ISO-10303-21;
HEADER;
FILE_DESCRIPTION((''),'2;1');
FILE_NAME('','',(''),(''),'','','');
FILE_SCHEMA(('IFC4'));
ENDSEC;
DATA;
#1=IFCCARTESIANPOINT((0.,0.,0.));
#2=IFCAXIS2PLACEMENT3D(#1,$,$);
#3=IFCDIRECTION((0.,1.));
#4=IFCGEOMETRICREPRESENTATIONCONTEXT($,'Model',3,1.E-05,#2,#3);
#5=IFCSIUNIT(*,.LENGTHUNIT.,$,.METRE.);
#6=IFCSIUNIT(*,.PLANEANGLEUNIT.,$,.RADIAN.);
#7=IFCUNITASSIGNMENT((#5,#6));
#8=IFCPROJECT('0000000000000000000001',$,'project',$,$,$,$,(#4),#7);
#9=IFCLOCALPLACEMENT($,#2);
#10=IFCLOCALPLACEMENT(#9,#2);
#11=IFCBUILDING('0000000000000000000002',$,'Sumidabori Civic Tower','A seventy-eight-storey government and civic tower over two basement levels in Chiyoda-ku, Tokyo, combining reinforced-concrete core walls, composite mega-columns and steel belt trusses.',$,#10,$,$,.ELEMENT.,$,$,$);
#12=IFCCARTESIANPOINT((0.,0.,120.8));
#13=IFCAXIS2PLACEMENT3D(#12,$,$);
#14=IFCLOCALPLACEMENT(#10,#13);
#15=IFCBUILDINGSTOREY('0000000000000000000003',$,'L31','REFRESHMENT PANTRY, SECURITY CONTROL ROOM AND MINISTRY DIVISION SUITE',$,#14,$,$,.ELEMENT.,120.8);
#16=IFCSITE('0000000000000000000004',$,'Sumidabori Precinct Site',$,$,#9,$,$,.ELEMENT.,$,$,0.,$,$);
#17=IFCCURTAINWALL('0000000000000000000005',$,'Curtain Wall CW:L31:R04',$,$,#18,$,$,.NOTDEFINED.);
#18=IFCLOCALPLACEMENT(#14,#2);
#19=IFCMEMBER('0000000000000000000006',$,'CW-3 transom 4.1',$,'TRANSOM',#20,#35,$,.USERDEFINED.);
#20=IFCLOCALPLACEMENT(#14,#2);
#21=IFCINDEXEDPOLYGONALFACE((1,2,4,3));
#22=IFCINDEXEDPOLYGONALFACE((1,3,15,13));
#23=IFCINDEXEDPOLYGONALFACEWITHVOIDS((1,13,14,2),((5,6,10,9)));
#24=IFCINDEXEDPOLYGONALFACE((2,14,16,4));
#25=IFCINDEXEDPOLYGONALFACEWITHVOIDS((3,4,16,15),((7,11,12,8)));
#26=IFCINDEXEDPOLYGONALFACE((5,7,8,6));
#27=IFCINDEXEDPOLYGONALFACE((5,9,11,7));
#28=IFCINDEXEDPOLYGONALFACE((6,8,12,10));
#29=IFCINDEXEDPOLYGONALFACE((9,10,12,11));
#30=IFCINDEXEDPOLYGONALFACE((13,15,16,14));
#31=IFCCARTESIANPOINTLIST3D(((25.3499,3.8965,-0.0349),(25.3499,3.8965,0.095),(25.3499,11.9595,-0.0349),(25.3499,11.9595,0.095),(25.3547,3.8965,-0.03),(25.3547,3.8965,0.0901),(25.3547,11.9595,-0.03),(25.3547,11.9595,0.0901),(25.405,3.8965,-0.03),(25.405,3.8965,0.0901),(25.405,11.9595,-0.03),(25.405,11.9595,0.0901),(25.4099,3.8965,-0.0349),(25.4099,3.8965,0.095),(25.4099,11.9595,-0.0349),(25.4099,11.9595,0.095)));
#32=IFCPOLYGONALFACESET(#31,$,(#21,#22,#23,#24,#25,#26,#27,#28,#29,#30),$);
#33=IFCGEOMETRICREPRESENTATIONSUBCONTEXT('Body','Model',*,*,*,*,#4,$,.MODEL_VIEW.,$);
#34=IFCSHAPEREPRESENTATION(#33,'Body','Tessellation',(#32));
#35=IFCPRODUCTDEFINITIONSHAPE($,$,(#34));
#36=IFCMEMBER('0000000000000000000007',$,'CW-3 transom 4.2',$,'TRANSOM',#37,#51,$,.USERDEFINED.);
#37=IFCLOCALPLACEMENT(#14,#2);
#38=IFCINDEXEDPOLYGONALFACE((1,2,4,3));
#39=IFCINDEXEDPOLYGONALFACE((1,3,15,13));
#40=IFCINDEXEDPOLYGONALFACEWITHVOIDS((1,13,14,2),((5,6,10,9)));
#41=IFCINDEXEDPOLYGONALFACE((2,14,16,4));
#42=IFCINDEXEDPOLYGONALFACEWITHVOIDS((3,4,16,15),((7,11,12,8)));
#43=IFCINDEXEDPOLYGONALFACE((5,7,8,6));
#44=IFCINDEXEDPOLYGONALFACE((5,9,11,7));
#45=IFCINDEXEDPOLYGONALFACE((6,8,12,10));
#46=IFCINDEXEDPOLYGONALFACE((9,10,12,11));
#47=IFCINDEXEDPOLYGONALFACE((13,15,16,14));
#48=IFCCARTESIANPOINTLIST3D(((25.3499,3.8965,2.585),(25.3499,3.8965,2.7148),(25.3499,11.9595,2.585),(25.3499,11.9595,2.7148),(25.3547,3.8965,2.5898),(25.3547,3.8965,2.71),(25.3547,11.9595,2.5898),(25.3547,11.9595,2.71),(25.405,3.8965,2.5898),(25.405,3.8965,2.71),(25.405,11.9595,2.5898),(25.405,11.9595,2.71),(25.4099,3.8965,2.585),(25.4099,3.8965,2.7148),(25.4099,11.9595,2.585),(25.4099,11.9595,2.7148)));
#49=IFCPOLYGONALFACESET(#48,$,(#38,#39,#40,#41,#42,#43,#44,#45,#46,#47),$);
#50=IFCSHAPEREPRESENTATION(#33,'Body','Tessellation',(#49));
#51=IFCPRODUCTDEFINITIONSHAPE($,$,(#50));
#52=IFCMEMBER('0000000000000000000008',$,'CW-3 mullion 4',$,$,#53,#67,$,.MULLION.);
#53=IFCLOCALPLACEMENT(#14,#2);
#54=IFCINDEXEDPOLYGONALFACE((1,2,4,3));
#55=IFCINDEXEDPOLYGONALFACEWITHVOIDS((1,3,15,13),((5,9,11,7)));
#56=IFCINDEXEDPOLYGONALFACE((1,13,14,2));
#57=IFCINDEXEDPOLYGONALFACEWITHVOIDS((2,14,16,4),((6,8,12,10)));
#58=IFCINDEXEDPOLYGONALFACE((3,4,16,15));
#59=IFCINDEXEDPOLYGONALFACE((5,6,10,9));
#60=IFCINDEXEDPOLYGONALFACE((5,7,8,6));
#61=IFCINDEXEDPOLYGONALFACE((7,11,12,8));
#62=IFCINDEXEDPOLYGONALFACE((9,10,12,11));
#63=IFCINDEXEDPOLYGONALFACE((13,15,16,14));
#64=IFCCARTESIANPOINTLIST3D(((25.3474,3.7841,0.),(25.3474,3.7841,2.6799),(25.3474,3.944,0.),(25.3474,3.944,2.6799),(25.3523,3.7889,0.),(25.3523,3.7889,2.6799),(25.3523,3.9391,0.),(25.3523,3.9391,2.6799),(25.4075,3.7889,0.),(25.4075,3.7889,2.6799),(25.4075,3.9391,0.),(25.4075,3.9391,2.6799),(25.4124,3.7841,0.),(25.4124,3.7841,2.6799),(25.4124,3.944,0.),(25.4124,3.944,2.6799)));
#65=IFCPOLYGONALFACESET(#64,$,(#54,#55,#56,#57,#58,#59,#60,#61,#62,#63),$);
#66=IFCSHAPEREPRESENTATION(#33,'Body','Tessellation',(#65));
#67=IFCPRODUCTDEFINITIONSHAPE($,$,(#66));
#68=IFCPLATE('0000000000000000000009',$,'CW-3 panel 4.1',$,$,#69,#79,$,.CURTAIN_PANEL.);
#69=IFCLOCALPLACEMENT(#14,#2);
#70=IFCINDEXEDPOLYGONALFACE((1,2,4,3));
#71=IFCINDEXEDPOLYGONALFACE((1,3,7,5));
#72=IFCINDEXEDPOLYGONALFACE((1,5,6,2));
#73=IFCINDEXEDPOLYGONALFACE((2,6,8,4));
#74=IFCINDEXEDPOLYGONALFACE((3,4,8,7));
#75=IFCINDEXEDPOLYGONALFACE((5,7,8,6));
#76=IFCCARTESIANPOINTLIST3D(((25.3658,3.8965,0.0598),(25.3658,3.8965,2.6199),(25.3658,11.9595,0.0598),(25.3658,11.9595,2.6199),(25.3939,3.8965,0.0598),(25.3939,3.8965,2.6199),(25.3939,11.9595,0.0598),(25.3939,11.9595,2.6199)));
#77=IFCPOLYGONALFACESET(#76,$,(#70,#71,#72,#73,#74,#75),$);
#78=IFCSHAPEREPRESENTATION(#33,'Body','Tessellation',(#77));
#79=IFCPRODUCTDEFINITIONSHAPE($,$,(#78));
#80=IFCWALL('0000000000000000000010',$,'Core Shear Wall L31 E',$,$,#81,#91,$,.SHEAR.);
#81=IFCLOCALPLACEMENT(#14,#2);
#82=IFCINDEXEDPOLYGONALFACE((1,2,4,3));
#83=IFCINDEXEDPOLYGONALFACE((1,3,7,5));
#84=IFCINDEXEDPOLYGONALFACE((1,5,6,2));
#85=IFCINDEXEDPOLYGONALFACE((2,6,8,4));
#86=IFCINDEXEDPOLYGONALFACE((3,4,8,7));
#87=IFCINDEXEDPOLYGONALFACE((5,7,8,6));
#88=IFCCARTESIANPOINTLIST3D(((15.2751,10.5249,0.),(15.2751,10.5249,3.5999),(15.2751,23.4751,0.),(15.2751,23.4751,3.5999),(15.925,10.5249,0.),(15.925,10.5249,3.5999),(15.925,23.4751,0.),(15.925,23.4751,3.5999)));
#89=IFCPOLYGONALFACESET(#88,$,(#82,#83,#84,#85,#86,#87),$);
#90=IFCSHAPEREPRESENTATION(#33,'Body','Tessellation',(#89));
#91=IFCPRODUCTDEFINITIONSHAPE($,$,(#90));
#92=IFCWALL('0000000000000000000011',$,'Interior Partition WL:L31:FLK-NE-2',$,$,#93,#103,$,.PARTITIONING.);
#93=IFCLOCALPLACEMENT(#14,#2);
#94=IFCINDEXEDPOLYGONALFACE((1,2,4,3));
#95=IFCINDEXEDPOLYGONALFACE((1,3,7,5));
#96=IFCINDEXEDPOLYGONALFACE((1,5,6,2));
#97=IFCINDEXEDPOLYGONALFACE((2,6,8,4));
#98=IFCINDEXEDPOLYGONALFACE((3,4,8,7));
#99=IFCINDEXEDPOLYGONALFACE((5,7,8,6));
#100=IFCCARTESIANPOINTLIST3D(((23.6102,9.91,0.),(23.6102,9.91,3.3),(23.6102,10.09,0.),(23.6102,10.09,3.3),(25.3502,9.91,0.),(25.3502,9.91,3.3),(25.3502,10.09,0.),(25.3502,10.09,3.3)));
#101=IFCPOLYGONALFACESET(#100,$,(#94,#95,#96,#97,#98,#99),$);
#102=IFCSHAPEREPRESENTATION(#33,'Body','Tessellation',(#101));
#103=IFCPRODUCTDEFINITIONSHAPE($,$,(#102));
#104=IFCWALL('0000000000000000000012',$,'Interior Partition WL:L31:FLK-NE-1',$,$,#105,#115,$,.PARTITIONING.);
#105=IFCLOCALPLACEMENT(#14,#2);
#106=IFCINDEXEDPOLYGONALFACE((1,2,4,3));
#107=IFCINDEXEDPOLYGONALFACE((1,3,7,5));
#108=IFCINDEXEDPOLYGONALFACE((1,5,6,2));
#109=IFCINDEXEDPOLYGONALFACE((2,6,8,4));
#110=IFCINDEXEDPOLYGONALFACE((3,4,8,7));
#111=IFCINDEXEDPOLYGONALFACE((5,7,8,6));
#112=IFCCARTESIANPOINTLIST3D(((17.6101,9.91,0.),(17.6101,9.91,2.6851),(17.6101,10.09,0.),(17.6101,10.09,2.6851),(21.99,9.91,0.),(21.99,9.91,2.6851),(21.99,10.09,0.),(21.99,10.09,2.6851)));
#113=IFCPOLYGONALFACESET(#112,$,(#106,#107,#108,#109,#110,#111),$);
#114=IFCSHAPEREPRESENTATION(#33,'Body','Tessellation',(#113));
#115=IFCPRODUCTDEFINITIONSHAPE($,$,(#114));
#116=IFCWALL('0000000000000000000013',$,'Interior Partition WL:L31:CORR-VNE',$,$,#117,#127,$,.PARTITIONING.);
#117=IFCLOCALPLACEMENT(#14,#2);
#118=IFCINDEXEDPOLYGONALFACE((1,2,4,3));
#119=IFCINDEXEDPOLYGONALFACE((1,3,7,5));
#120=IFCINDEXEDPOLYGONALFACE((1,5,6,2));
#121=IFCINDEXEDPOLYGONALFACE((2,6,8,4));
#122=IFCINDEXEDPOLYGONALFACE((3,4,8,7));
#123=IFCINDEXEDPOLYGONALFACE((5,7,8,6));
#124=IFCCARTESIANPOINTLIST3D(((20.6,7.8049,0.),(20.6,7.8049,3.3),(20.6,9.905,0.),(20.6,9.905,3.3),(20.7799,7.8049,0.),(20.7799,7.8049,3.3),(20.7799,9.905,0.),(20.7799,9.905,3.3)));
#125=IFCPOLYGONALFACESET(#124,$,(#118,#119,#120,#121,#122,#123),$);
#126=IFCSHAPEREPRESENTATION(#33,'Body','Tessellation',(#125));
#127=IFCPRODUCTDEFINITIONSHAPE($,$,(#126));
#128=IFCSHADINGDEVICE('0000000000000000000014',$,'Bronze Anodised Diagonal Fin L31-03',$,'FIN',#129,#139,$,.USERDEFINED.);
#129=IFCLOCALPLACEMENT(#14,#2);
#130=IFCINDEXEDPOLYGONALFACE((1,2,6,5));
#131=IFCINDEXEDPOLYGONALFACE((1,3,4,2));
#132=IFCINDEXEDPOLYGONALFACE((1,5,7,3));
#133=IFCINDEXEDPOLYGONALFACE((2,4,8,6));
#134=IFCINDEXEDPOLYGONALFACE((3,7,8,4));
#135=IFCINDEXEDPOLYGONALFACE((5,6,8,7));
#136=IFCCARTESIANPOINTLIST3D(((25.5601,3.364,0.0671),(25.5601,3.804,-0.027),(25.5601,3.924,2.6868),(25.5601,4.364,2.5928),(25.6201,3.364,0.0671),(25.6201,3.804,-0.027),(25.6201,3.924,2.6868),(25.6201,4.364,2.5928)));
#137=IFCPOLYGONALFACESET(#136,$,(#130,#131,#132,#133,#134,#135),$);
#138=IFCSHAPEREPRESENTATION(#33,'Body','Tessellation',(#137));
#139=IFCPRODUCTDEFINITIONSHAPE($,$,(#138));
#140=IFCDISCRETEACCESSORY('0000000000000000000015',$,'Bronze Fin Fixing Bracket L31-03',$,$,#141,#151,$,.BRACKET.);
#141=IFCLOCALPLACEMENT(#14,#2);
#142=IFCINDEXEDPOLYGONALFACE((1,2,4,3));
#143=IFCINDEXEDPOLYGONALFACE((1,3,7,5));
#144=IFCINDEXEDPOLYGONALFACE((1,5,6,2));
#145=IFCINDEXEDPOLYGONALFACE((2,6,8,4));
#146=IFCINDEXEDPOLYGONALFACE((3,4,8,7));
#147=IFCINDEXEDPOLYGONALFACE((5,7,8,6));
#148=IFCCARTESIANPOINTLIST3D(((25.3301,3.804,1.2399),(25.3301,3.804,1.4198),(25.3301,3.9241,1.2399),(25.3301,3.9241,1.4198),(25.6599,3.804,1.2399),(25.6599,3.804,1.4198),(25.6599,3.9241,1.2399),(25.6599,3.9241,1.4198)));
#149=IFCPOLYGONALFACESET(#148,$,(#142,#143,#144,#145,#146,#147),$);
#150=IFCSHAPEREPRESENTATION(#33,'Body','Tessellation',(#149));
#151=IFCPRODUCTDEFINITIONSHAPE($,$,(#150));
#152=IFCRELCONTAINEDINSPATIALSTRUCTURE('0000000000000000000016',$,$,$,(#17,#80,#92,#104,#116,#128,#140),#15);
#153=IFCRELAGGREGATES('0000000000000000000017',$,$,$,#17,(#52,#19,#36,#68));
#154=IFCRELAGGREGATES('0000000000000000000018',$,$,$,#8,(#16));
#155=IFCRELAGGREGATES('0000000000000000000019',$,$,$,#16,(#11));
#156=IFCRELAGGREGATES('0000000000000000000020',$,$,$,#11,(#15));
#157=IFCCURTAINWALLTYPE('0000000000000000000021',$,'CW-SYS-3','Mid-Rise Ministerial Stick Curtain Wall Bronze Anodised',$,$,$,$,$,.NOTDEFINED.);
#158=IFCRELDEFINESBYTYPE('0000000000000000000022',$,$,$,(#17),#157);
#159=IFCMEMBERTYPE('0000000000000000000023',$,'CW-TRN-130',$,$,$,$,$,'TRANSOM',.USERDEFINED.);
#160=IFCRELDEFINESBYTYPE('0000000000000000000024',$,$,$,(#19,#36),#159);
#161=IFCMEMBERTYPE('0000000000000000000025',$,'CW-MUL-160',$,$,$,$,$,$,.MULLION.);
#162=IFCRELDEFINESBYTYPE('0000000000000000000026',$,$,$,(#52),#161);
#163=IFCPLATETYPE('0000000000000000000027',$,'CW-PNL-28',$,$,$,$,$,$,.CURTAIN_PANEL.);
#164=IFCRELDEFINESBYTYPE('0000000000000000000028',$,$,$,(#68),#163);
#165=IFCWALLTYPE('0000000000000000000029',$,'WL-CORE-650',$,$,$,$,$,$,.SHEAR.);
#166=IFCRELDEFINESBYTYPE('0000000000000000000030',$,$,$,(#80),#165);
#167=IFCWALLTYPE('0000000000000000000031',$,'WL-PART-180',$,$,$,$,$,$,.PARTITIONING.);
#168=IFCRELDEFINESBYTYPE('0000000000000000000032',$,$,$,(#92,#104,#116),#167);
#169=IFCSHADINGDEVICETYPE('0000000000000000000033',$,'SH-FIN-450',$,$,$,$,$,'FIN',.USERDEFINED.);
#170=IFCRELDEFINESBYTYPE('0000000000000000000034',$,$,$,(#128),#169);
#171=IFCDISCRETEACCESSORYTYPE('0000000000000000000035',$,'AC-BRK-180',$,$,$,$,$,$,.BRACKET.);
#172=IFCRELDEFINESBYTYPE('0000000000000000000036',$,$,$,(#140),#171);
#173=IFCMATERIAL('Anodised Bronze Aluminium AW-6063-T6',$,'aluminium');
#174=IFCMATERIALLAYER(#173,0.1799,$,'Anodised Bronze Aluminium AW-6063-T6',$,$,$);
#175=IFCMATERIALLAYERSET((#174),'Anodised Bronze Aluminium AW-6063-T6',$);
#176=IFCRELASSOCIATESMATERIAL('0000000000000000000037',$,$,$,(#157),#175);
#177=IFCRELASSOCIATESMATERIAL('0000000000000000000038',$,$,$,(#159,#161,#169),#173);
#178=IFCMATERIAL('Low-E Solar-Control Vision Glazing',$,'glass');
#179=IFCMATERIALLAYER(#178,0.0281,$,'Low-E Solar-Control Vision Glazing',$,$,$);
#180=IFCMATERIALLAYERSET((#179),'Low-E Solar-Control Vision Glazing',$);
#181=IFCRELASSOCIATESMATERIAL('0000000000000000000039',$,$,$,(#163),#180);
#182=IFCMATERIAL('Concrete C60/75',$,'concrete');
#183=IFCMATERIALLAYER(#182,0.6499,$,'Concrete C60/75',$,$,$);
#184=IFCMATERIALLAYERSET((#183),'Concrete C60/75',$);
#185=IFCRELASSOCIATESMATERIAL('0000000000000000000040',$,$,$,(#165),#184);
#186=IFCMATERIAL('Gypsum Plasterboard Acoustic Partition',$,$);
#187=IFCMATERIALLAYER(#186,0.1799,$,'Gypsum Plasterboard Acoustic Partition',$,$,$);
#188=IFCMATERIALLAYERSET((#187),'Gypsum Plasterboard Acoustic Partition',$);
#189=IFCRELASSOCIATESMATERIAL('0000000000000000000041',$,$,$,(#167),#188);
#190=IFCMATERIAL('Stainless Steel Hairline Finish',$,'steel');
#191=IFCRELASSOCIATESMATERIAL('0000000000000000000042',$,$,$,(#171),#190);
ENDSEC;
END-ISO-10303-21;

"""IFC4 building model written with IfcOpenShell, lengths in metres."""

from ifc_helpers import new_model, si_unit, direction, frame, frame_2d, origin, origin_2d, place, context, subcontext, project, spatial, rectangle, hollow_rectangle, extrude, source, transform, mapped, material, layer, layer_set, material_profile, profile_set, type_object, element, aggregate, save


model = new_model("IFC4")

# Units and contexts
model_context = context("Model", 3, precision=1e-05, world=origin(), true_north=direction((0.0, 1.0)))
body_context = subcontext(model_context, "Body", "Model", "MODEL_VIEW")
ifc_project = project(units=[si_unit("LENGTHUNIT", "METRE"), si_unit("PLANEANGLEUNIT", "RADIAN")], contexts=[model_context])

# Site, building, storey
site_placement = place(None, origin())
site = spatial("IfcSite", under=ifc_project, at=site_placement, Name="Sumidabori Precinct Site", CompositionType="ELEMENT", RefElevation=0.0)
building_placement = place(site_placement, origin())
building = spatial("IfcBuilding", under=site, at=building_placement, Name="Sumidabori Civic Tower", Description="A seventy-eight-storey government and civic tower over two basement levels in Chiyoda-ku, Tokyo, combining reinforced-concrete core walls, composite mega-columns and steel belt trusses.", CompositionType="ELEMENT")
storey_placement = place(building_placement, frame((0.0, 0.0, 120.8)))
storey = spatial("IfcBuildingStorey", under=building, at=storey_placement, Name="L31", Description="REFRESHMENT PANTRY, SECURITY CONTROL ROOM AND MINISTRY DIVISION SUITE", CompositionType="ELEMENT", Elevation=120.8)

# Shared definitions
ifc_material_1 = material(Name="Concrete C60/75", Category="concrete")

# Curtain wall, members, plate
ifc_material_2 = material(Name="Anodised Bronze Aluminium AW-6063-T6", Category="aluminium")
ifc_layer_1 = layer(ifc_material_2, 0.1799, Name="Anodised Bronze Aluminium AW-6063-T6")
ifc_layer_set_1 = layer_set([ifc_layer_1], Name="Anodised Bronze Aluminium AW-6063-T6")
curtain_wall_type = type_object("IfcCurtainWallType", Name="CW-SYS-3", Description="Mid-Rise Ministerial Stick Curtain Wall Bronze Anodised", PredefinedType="NOTDEFINED", material=ifc_layer_set_1)
curtain_wall_placement = place(storey_placement, origin())
curtain_wall = element("IfcCurtainWall", 1, at=curtain_wall_placement, inside=storey, type_object=curtain_wall_type, Name="Curtain Wall CW:L31:R04", PredefinedType="NOTDEFINED")
ifc_material_profile_1 = material_profile(ifc_material_2, hollow_rectangle(XDim=0.0601, YDim=0.1299, WallThickness=0.0049, at=origin_2d()), Name="ALU TRANSOM 130x60")
ifc_profile_set_1 = profile_set([ifc_material_profile_1], Name="Anodised Bronze Aluminium AW-6063-T6")
member_type_1 = type_object("IfcMemberType", Name="CW-TRN-130", ElementType="TRANSOM", PredefinedType="USERDEFINED", material=ifc_profile_set_1)
shared_shape_1 = source(origin(), body_context, "Body", "SweptSolid", [
    extrude(hollow_rectangle(XDim=0.0601, YDim=0.1299, WallThickness=0.0049, at=origin_2d()), origin(), (0.0, 0.0, 1.0), 8.063),
])
member_1_placement = place(storey_placement, frame((25.3799, 3.8965, 0.03), z_axis=(0.0, 1.0, 0.0), x_axis=(-1.0, 0.0, 0.0)))
member_1 = element("IfcMember", 2, at=member_1_placement, type_object=member_type_1, Name="CW-3 transom 4.1", ObjectType="TRANSOM", PredefinedType="USERDEFINED", context=body_context, shape_type="MappedRepresentation", body=[
    mapped(shared_shape_1, transform((0.0, 0.0, 0.0), x_axis=(1.0, 0.0, 0.0), y_axis=(0.0, 1.0, 0.0), z_axis=(0.0, 0.0, 1.0), scale=1.0)),
])
member_2_placement = place(storey_placement, frame((25.3799, 3.8965, 2.6499), z_axis=(0.0, 1.0, 0.0), x_axis=(-1.0, 0.0, 0.0)))
member_2 = element("IfcMember", 3, at=member_2_placement, type_object=member_type_1, Name="CW-3 transom 4.2", ObjectType="TRANSOM", PredefinedType="USERDEFINED", context=body_context, shape_type="MappedRepresentation", body=[
    mapped(shared_shape_1, transform((0.0, 0.0, 0.0), x_axis=(1.0, 0.0, 0.0), y_axis=(0.0, 1.0, 0.0), z_axis=(0.0, 0.0, 1.0), scale=1.0)),
])
ifc_material_profile_2 = material_profile(ifc_material_2, hollow_rectangle(XDim=0.0649, YDim=0.1599, WallThickness=0.0049, at=origin_2d()), Name="ALU MULLION 160x65")
ifc_profile_set_2 = profile_set([ifc_material_profile_2], Name="Anodised Bronze Aluminium AW-6063-T6")
member_type_2 = type_object("IfcMemberType", Name="CW-MUL-160", PredefinedType="MULLION", material=ifc_profile_set_2)
shared_shape_2 = source(origin(), body_context, "Body", "SweptSolid", [
    extrude(hollow_rectangle(XDim=0.0649, YDim=0.1599, WallThickness=0.0049, at=origin_2d()), origin(), (0.0, 0.0, 1.0), 2.6799),
])
member_3_placement = place(storey_placement, frame((25.3799, 3.864, 0.0), z_axis=(0.0, 0.0, 1.0), x_axis=(-1.0, 0.0, 0.0)))
member_3 = element("IfcMember", 4, at=member_3_placement, type_object=member_type_2, Name="CW-3 mullion 4", PredefinedType="MULLION", context=body_context, shape_type="MappedRepresentation", body=[
    mapped(shared_shape_2, transform((0.0, 0.0, 0.0), x_axis=(1.0, 0.0, 0.0), y_axis=(0.0, 1.0, 0.0), z_axis=(0.0, 0.0, 1.0), scale=1.0)),
])
ifc_material_3 = material(Name="Low-E Solar-Control Vision Glazing", Category="glass")
ifc_layer_2 = layer(ifc_material_3, 0.0281, Name="Low-E Solar-Control Vision Glazing")
ifc_layer_set_2 = layer_set([ifc_layer_2], Name="Low-E Solar-Control Vision Glazing")
plate_type = type_object("IfcPlateType", Name="CW-PNL-28", PredefinedType="CURTAIN_PANEL", material=ifc_layer_set_2)
shared_shape_3 = source(origin(), body_context, "Body", "SweptSolid", [
    extrude(rectangle(XDim=8.063, YDim=0.0281, at=origin_2d()), origin(), (0.0, 0.0, 1.0), 2.5601),
])
plate_placement = place(storey_placement, frame((25.3799, 7.928, 0.0598), z_axis=(0.0, 0.0, 1.0), x_axis=(0.0, 1.0, 0.0)))
plate = element("IfcPlate", 5, at=plate_placement, type_object=plate_type, Name="CW-3 panel 4.1", PredefinedType="CURTAIN_PANEL", context=body_context, shape_type="MappedRepresentation", body=[
    mapped(shared_shape_3, transform((0.0, 0.0, 0.0), x_axis=(1.0, 0.0, 0.0), y_axis=(0.0, 1.0, 0.0), z_axis=(0.0, 0.0, 1.0), scale=1.0)),
])
aggregate(curtain_wall, [member_3, member_1, member_2, plate])

# Walls
ifc_layer_3 = layer(ifc_material_1, 0.6499, Name="Concrete C60/75")
ifc_layer_set_3 = layer_set([ifc_layer_3], Name="Concrete C60/75")
wall_type_1 = type_object("IfcWallType", Name="WL-CORE-650", PredefinedType="SHEAR", material=ifc_layer_set_3)
shared_shape_4 = source(origin(), body_context, "Body", "SweptSolid", [
    extrude(rectangle(XDim=12.9502, YDim=0.6499, at=frame_2d((6.4751, 0.0))), origin(), (0.0, 0.0, 1.0), 3.5999),
])
wall_1_placement = place(storey_placement, frame((15.6001, 10.5249, 0.0), z_axis=(0.0, 0.0, 1.0), x_axis=(0.0, 1.0, 0.0)))
element("IfcWall", 6, at=wall_1_placement, inside=storey, type_object=wall_type_1, Name="Core Shear Wall L31 E", PredefinedType="SHEAR", context=body_context, shape_type="MappedRepresentation", body=[
    mapped(shared_shape_4, transform((0.0, 0.0, 0.0), x_axis=(1.0, 0.0, 0.0), y_axis=(0.0, 1.0, 0.0), z_axis=(0.0, 0.0, 1.0), scale=1.0)),
])
ifc_material_4 = material(Name="Gypsum Plasterboard Acoustic Partition")
ifc_layer_4 = layer(ifc_material_4, 0.1799, Name="Gypsum Plasterboard Acoustic Partition")
ifc_layer_set_4 = layer_set([ifc_layer_4], Name="Gypsum Plasterboard Acoustic Partition")
wall_type_2 = type_object("IfcWallType", Name="WL-PART-180", PredefinedType="PARTITIONING", material=ifc_layer_set_4)
shared_shape_5 = source(origin(), body_context, "Body", "SweptSolid", [
    extrude(rectangle(XDim=1.74, YDim=0.1799, at=frame_2d((0.8701, 0.0))), origin(), (0.0, 0.0, 1.0), 3.3),
])
wall_2_placement = place(storey_placement, frame((23.6101, 10.0, 0.0), z_axis=(0.0, 0.0, 1.0), x_axis=(1.0, 0.0, 0.0)))
element("IfcWall", 7, at=wall_2_placement, inside=storey, type_object=wall_type_2, Name="Interior Partition WL:L31:FLK-NE-2", PredefinedType="PARTITIONING", context=body_context, shape_type="MappedRepresentation", body=[
    mapped(shared_shape_5, transform((0.0, 0.0, 0.0), x_axis=(1.0, 0.0, 0.0), y_axis=(0.0, 1.0, 0.0), z_axis=(0.0, 0.0, 1.0), scale=1.0)),
])
shared_shape_6 = source(origin(), body_context, "Body", "SweptSolid", [
    extrude(rectangle(XDim=4.3799, YDim=0.1799, at=frame_2d((2.1899, 0.0))), origin(), (0.0, 0.0, 1.0), 2.6851),
])
wall_3_placement = place(storey_placement, frame((17.6101, 10.0, 0.0), z_axis=(0.0, 0.0, 1.0), x_axis=(1.0, 0.0, 0.0)))
element("IfcWall", 8, at=wall_3_placement, inside=storey, type_object=wall_type_2, Name="Interior Partition WL:L31:FLK-NE-1", PredefinedType="PARTITIONING", context=body_context, shape_type="MappedRepresentation", body=[
    mapped(shared_shape_6, transform((0.0, 0.0, 0.0), x_axis=(1.0, 0.0, 0.0), y_axis=(0.0, 1.0, 0.0), z_axis=(0.0, 0.0, 1.0), scale=1.0)),
])
shared_shape_7 = source(origin(), body_context, "Body", "SweptSolid", [
    extrude(rectangle(XDim=2.1001, YDim=0.1799, at=frame_2d((1.05, 0.0))), origin(), (0.0, 0.0, 1.0), 3.3),
])
wall_4_placement = place(storey_placement, frame((20.6899, 7.8049, 0.0), z_axis=(0.0, 0.0, 1.0), x_axis=(0.0, 1.0, 0.0)))
element("IfcWall", 9, at=wall_4_placement, inside=storey, type_object=wall_type_2, Name="Interior Partition WL:L31:CORR-VNE", PredefinedType="PARTITIONING", context=body_context, shape_type="MappedRepresentation", body=[
    mapped(shared_shape_7, transform((0.0, 0.0, 0.0), x_axis=(1.0, 0.0, 0.0), y_axis=(0.0, 1.0, 0.0), z_axis=(0.0, 0.0, 1.0), scale=1.0)),
])

# Shading device
ifc_material_profile_3 = material_profile(ifc_material_2, rectangle(XDim=0.0601, YDim=0.45, at=origin_2d()), Name="BRONZE FIN 450x60")
ifc_profile_set_3 = profile_set([ifc_material_profile_3], Name="Anodised Bronze Aluminium AW-6063-T6")
shading_device_type = type_object("IfcShadingDeviceType", Name="SH-FIN-450", ElementType="FIN", PredefinedType="USERDEFINED", material=ifc_profile_set_3)
shared_shape_8 = source(origin(), body_context, "Body", "SweptSolid", [
    extrude(rectangle(XDim=0.0601, YDim=0.45, at=origin_2d()), origin(), (0.0, 0.0, 1.0), 2.679),
])
shading_device_placement = place(storey_placement, frame((25.5901, 3.584, 0.02), z_axis=(0.0, 0.20905, 0.977905), x_axis=(-1.0, 0.0, 0.0)))
element("IfcShadingDevice", 10, at=shading_device_placement, inside=storey, type_object=shading_device_type, Name="Bronze Anodised Diagonal Fin L31-03", ObjectType="FIN", PredefinedType="USERDEFINED", context=body_context, shape_type="MappedRepresentation", body=[
    mapped(shared_shape_8, transform((0.0, 0.0, 0.0), x_axis=(1.0, 0.0, 0.0), y_axis=(0.0, 1.0, 0.0), z_axis=(0.0, 0.0, 1.0), scale=1.0)),
])

# Discrete accessory
ifc_material_5 = material(Name="Stainless Steel Hairline Finish", Category="steel")
ifc_material_profile_4 = material_profile(ifc_material_5, rectangle(XDim=0.1201, YDim=0.1799, at=origin_2d()), Name="STEEL BRACKET 180x120")
ifc_profile_set_4 = profile_set([ifc_material_profile_4], Name="Stainless Steel Hairline Finish")
discrete_accessory_type = type_object("IfcDiscreteAccessoryType", Name="AC-BRK-180", PredefinedType="BRACKET", material=ifc_profile_set_4)
shared_shape_9 = source(origin(), body_context, "Body", "SweptSolid", [
    extrude(rectangle(XDim=0.1201, YDim=0.1799, at=origin_2d()), origin(), (0.0, 0.0, 1.0), 0.3298),
])
discrete_accessory_placement = place(storey_placement, frame((25.3301, 3.864, 1.3298), z_axis=(1.0, 0.0, 0.0), x_axis=(0.0, 1.0, 0.0)))
element("IfcDiscreteAccessory", 11, at=discrete_accessory_placement, inside=storey, type_object=discrete_accessory_type, Name="Bronze Fin Fixing Bracket L31-03", PredefinedType="BRACKET", context=body_context, shape_type="MappedRepresentation", body=[
    mapped(shared_shape_9, transform((0.0, 0.0, 0.0), x_axis=(1.0, 0.0, 0.0), y_axis=(0.0, 1.0, 0.0), z_axis=(0.0, 0.0, 1.0), scale=1.0)),
])

save(model, "model.ifc")
